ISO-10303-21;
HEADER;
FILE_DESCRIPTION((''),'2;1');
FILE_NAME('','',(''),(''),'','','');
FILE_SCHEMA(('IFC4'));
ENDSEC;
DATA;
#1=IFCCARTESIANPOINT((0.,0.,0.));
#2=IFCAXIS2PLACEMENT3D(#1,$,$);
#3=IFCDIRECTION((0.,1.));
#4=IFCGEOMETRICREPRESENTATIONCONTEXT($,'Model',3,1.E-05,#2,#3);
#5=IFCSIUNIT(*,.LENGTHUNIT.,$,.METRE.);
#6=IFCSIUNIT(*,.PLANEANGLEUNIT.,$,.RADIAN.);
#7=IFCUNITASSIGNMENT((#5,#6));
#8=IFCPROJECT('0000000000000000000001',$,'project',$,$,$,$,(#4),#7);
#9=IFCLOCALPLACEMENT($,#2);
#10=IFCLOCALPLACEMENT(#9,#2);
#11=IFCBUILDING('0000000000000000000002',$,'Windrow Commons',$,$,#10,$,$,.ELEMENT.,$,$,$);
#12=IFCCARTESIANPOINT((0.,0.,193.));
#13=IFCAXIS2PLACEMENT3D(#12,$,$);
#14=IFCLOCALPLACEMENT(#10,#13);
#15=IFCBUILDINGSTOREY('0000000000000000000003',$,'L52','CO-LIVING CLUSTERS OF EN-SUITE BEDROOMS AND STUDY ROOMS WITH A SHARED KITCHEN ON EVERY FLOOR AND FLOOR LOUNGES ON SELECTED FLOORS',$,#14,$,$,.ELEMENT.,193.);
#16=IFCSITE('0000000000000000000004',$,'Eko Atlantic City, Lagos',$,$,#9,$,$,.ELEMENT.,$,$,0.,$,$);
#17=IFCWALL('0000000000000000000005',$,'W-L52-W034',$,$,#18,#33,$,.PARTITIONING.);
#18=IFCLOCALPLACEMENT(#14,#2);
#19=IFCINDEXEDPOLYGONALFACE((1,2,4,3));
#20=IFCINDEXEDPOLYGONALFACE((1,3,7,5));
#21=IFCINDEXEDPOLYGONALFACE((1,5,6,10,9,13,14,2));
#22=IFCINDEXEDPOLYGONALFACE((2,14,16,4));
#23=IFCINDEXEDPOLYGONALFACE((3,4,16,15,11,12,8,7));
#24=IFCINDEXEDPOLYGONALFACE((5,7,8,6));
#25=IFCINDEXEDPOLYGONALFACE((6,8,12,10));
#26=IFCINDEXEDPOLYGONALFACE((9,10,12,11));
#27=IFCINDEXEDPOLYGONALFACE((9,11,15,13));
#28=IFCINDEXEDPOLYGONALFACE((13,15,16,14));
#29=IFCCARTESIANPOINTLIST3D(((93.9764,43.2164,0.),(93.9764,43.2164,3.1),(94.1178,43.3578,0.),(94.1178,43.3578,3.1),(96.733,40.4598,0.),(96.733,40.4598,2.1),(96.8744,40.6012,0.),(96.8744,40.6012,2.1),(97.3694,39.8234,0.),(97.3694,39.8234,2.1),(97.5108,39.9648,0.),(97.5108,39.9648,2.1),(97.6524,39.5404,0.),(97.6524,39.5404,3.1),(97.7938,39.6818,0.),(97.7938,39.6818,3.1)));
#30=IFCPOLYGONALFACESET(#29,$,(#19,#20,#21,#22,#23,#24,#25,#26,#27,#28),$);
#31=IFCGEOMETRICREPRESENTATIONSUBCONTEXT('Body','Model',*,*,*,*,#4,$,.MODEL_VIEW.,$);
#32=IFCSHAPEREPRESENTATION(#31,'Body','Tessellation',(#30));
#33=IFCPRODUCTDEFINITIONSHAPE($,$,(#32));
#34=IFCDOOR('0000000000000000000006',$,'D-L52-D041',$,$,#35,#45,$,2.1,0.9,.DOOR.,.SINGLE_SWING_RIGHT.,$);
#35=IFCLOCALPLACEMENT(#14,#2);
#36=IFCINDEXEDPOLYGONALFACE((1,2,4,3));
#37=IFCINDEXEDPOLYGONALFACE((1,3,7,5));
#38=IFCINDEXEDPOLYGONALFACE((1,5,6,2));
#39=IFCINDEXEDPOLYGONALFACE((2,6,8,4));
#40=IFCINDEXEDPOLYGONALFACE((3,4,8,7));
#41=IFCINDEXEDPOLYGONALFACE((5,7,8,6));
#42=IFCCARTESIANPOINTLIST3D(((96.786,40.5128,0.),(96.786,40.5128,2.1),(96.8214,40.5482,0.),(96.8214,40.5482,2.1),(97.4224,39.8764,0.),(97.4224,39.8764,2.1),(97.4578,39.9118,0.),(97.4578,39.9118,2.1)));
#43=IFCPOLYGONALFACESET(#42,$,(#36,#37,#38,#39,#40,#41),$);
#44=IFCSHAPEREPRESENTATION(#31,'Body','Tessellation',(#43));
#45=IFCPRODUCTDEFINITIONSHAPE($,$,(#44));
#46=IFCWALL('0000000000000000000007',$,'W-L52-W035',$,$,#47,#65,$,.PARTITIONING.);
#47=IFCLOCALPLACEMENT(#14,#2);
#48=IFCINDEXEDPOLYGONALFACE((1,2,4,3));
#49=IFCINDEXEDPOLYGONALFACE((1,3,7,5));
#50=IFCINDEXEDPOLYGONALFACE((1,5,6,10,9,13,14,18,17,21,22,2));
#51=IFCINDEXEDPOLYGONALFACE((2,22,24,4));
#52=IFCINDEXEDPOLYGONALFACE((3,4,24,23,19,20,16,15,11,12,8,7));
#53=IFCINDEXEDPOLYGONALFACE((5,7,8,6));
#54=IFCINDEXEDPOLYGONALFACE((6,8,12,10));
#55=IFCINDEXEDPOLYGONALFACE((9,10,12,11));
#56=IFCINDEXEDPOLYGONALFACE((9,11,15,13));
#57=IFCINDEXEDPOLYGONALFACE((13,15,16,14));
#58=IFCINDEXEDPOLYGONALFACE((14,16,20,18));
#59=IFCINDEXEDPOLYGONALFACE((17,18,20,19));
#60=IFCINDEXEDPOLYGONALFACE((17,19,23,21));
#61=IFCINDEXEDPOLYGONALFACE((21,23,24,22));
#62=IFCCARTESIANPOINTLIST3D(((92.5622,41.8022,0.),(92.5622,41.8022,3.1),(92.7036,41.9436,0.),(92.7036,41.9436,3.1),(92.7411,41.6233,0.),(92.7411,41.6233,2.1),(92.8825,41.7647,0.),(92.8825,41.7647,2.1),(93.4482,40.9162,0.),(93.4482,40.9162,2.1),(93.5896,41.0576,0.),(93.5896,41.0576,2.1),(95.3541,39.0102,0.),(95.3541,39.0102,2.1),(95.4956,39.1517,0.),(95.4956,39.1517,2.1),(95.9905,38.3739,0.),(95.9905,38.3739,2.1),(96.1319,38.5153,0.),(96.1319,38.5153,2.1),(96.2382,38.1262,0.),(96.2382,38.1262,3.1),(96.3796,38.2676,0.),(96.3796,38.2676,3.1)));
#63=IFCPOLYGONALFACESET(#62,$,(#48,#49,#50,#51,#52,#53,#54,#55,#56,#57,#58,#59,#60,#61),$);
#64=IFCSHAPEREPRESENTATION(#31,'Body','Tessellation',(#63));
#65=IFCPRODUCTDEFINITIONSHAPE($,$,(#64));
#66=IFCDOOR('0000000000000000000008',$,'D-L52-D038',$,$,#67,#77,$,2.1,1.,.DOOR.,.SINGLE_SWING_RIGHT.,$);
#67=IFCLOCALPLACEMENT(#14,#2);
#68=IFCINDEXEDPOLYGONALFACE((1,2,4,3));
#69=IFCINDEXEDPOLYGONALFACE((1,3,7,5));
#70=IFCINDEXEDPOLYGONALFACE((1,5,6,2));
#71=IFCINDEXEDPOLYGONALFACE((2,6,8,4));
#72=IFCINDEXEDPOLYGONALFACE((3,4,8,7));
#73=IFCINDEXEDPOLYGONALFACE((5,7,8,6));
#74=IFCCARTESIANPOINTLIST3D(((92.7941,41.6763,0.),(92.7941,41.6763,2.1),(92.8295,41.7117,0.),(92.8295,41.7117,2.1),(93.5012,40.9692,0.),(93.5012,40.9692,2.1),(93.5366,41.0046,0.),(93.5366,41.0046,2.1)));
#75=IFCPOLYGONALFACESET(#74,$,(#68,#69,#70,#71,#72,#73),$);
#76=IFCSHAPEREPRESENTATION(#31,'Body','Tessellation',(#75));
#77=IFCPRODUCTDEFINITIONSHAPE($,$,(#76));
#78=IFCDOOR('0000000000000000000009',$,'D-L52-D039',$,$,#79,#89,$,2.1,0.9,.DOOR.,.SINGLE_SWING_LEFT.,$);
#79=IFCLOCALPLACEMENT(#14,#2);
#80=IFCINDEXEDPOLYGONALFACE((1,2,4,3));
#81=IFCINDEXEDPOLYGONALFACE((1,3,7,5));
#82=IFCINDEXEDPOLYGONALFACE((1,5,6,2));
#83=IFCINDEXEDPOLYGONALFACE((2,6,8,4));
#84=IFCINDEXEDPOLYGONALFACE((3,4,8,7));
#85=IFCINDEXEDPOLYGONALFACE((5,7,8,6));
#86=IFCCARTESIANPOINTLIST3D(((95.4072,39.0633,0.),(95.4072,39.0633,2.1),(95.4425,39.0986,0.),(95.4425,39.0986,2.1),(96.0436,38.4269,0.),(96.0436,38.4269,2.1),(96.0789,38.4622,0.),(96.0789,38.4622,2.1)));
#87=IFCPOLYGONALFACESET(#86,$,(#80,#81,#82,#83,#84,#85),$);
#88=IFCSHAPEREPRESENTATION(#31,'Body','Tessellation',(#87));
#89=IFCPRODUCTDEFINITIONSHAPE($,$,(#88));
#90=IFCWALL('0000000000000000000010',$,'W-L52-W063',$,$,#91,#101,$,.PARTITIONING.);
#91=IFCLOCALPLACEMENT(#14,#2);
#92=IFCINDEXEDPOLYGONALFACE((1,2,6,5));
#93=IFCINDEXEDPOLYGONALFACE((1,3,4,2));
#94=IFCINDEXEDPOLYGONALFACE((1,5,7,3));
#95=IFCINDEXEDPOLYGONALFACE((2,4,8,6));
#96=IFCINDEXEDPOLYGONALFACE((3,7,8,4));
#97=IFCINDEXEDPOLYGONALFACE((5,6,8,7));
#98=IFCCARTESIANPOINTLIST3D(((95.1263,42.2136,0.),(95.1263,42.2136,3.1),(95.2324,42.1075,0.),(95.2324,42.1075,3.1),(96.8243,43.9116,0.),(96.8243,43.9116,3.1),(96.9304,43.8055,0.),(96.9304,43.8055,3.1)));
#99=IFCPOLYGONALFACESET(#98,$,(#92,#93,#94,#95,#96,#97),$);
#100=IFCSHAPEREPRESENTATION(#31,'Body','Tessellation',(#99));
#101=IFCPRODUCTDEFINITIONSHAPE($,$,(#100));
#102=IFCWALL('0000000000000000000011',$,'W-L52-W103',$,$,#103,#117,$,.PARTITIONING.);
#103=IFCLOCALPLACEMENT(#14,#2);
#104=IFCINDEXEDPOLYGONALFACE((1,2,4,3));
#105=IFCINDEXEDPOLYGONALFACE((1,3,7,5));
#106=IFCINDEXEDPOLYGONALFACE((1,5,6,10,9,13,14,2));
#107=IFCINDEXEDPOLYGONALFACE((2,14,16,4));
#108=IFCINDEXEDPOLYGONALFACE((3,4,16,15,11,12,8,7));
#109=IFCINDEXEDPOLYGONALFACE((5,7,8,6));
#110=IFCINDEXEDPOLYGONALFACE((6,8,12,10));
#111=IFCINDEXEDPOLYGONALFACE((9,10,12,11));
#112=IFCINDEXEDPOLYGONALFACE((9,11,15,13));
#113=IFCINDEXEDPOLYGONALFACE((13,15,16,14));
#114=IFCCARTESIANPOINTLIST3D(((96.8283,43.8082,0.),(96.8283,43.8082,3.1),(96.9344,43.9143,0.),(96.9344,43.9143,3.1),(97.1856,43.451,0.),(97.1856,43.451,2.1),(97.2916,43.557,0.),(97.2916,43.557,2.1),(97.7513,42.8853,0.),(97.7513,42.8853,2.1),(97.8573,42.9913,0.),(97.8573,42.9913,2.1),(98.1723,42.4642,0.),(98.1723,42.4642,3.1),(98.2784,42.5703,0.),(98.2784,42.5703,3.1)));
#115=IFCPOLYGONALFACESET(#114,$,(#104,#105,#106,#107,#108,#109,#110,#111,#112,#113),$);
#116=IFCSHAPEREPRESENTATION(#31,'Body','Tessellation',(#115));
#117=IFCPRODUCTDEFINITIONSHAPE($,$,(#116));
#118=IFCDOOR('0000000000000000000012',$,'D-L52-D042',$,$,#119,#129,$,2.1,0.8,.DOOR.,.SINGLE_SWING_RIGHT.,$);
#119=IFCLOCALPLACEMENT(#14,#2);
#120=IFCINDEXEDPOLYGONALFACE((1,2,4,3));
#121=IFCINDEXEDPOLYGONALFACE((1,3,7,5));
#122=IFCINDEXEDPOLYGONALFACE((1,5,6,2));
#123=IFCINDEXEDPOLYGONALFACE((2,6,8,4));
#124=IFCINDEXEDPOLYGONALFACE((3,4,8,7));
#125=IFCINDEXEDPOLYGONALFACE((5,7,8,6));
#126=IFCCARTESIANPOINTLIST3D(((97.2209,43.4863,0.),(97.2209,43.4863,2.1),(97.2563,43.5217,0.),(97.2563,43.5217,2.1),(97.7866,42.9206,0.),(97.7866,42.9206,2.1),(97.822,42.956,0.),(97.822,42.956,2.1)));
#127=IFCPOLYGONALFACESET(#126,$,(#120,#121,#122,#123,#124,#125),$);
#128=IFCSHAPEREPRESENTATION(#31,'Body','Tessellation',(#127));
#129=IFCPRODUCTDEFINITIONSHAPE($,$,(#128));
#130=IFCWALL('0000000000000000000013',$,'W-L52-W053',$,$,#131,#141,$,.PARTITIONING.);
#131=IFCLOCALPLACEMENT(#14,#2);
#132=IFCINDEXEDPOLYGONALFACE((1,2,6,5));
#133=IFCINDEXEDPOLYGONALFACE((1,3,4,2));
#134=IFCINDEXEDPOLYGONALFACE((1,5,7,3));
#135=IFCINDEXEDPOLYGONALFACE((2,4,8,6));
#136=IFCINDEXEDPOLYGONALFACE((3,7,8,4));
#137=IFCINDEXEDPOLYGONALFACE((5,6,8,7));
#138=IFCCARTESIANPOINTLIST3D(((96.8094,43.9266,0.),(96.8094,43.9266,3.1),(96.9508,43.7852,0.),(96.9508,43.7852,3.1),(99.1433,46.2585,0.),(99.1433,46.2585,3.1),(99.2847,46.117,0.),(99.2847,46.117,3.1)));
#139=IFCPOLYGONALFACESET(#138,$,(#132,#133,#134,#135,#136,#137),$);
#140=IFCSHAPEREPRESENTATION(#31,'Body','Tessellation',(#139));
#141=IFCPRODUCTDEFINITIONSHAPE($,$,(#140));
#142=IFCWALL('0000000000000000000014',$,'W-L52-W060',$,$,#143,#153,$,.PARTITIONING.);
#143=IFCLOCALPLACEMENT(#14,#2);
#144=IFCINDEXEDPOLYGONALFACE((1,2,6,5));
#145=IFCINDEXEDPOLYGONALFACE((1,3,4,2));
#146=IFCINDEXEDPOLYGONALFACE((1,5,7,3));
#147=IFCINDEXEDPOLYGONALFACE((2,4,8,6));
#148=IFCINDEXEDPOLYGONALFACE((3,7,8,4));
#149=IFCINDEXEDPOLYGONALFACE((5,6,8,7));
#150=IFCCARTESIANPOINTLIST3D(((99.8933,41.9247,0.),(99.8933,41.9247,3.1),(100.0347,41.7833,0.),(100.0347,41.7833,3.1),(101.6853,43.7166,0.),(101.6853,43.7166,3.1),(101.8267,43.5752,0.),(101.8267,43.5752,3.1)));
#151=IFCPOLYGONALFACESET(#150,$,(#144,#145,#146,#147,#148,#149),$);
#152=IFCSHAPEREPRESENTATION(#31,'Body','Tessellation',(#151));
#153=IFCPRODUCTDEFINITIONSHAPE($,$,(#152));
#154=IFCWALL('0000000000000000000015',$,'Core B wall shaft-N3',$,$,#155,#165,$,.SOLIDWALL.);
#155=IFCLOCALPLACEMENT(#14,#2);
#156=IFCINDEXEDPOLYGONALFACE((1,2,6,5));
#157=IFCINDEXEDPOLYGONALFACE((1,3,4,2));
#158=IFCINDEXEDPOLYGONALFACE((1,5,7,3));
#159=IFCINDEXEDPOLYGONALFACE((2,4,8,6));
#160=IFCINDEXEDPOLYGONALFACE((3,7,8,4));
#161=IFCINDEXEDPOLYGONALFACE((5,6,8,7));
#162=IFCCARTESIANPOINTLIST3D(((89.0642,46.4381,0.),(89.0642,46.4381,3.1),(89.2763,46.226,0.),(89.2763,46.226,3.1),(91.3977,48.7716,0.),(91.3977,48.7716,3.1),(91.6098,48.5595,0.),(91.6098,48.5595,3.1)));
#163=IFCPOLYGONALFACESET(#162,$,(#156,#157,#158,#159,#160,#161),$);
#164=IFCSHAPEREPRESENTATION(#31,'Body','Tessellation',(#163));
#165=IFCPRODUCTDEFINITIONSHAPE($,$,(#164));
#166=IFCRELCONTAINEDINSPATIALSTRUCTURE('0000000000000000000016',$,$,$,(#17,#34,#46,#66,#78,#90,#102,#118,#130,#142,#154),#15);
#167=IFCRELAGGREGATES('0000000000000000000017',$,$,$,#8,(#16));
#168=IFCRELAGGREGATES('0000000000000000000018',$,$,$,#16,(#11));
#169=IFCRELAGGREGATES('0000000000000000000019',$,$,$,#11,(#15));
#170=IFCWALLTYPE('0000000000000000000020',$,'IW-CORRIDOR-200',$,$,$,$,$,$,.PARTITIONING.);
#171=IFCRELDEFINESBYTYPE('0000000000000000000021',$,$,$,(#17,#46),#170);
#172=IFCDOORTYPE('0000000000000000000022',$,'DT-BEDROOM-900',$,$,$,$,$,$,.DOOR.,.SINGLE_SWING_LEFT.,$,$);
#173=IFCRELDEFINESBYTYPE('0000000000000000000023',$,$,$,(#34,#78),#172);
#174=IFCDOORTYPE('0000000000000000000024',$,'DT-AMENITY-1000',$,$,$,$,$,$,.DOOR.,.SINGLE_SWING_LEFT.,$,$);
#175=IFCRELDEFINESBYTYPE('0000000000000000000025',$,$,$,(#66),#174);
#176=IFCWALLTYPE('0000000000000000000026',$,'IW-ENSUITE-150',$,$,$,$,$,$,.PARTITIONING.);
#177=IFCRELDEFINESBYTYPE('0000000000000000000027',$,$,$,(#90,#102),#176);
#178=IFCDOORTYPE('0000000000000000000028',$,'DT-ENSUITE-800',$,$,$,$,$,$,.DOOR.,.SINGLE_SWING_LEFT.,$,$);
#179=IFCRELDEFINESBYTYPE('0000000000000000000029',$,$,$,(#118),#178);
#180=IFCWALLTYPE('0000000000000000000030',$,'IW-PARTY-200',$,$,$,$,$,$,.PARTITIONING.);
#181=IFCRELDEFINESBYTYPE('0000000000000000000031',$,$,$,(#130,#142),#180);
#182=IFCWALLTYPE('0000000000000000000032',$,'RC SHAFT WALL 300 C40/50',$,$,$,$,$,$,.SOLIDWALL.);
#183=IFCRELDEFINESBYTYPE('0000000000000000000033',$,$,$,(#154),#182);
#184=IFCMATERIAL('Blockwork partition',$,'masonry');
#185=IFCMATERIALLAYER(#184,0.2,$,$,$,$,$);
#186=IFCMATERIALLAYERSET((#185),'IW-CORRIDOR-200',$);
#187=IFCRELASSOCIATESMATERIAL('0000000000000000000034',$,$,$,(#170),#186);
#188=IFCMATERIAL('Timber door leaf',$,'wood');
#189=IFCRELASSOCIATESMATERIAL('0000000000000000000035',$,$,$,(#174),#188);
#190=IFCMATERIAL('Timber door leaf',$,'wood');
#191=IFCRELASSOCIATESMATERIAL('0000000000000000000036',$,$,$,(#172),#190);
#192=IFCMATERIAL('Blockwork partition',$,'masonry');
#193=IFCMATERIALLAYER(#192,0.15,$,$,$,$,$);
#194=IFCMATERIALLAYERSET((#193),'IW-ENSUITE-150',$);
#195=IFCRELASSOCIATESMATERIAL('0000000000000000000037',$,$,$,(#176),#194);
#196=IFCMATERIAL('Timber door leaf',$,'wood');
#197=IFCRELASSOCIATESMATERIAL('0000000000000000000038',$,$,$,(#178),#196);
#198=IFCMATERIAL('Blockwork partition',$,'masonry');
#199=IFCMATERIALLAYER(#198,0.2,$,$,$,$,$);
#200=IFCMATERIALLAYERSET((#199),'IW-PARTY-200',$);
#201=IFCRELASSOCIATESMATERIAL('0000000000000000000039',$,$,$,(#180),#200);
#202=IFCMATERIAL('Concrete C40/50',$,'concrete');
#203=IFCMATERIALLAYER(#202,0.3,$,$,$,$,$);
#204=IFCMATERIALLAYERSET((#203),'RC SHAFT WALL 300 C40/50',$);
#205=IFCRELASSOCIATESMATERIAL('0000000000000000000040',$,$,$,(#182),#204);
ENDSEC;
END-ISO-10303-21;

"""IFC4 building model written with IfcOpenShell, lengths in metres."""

from ifc_helpers import new_model, si_unit, direction, frame, frame_2d, origin, place, context, subcontext, project, spatial, rectangle, extrude, material, layer, layer_set, type_object, element, fill, save


model = new_model("IFC4")

# Units and contexts
model_context = context("Model", 3, precision=1e-05, world=origin(), true_north=direction((0.0, 1.0)))
body_context = subcontext(model_context, "Body", "Model", "MODEL_VIEW")
ifc_project = project(units=[si_unit("LENGTHUNIT", "METRE"), si_unit("PLANEANGLEUNIT", "RADIAN")], contexts=[model_context])

# Site, building, storey
site_placement = place(None, origin())
site = spatial("IfcSite", under=ifc_project, at=site_placement, Name="Eko Atlantic City, Lagos", CompositionType="ELEMENT", RefElevation=0.0)
building_placement = place(site_placement, origin())
building = spatial("IfcBuilding", under=site, at=building_placement, Name="Windrow Commons", CompositionType="ELEMENT")
storey_placement = place(building_placement, frame((0.0, 0.0, 193.0)))
storey = spatial("IfcBuildingStorey", under=building, at=storey_placement, Name="L52", Description="CO-LIVING CLUSTERS OF EN-SUITE BEDROOMS AND STUDY ROOMS WITH A SHARED KITCHEN ON EVERY FLOOR AND FLOOR LOUNGES ON SELECTED FLOORS", CompositionType="ELEMENT", Elevation=193.0)

# Wall, opening, door
ifc_material_1 = material(Name="Blockwork partition", Category="masonry")
ifc_layer_1 = layer(ifc_material_1, 0.2)
ifc_layer_set_1 = layer_set([ifc_layer_1], Name="IW-CORRIDOR-200")
wall_type_1 = type_object("IfcWallType", Name="IW-CORRIDOR-200", PredefinedType="PARTITIONING", material=ifc_layer_set_1)
ifc_material_2 = material(Name="Timber door leaf", Category="wood")
door_type_1 = type_object("IfcDoorType", Name="DT-AMENITY-1000", OperationType="SINGLE_SWING_LEFT", PredefinedType="DOOR", material=ifc_material_2)
wall_1_placement = place(storey_placement, frame((94.0471, 43.2871, 0.0), z_axis=(0.0, 0.0, 1.0), x_axis=(0.707107, -0.707107, 0.0)))
wall_1 = element("IfcWall", 1, at=wall_1_placement, inside=storey, type_object=wall_type_1, Name="W-L52-W034", PredefinedType="PARTITIONING", context=body_context, shape_type="SweptSolid", body=[
    extrude(rectangle(XDim=5.1986, YDim=0.2, at=frame_2d((2.5993, 0.0))), origin(), (0.0, 0.0, 1.0), 3.1),
])
opening_1_placement = place(wall_1_placement, frame((3.8984, 0.0, 0.0)))
opening_1 = element("IfcOpeningElement", 2, at=opening_1_placement, cuts=wall_1, PredefinedType="OPENING", context=body_context, shape_type="SweptSolid", body=[
    extrude(rectangle(XDim=0.9, YDim=2.1, at=frame_2d((0.45, 1.05))), frame((0.0, 0.11, 0.0), z_axis=(0.0, -1.0, 0.0), x_axis=(1.0, 0.0, 0.0)), (0.0, 0.0, 1.0), 0.22),
])
ifc_material_3 = material(Name="Timber door leaf", Category="wood")
door_type_2 = type_object("IfcDoorType", Name="DT-BEDROOM-900", OperationType="SINGLE_SWING_LEFT", PredefinedType="DOOR", material=ifc_material_3)
door_1_placement = place(opening_1_placement, origin())
door_1 = element("IfcDoor", 3, at=door_1_placement, inside=storey, type_object=door_type_2, Name="D-L52-D041", OperationType="SINGLE_SWING_RIGHT", OverallHeight=2.1, OverallWidth=0.9, PredefinedType="DOOR", context=body_context, shape_type="SweptSolid", body=[
    extrude(rectangle(XDim=0.9, YDim=2.1, at=frame_2d((0.45, 1.05))), frame((0.0, 0.025, 0.0), z_axis=(0.0, -1.0, 0.0), x_axis=(1.0, 0.0, 0.0)), (0.0, 0.0, 1.0), 0.05),
])
fill(opening_1, door_1)

# Wall, openings, doors
wall_2_placement = place(storey_placement, frame((92.6329, 41.8729, 0.0), z_axis=(0.0, 0.0, 1.0), x_axis=(0.707107, -0.707107, 0.0)))
wall_2 = element("IfcWall", 4, at=wall_2_placement, inside=storey, type_object=wall_type_1, Name="W-L52-W035", PredefinedType="PARTITIONING", context=body_context, shape_type="SweptSolid", body=[
    extrude(rectangle(XDim=5.1986, YDim=0.2, at=frame_2d((2.5993, 0.0))), origin(), (0.0, 0.0, 1.0), 3.1),
])
opening_2_placement = place(wall_2_placement, frame((0.253, 0.0, 0.0)))
opening_2 = element("IfcOpeningElement", 5, at=opening_2_placement, cuts=wall_2, PredefinedType="OPENING", context=body_context, shape_type="SweptSolid", body=[
    extrude(rectangle(XDim=1.0, YDim=2.1, at=frame_2d((0.5, 1.05))), frame((0.0, 0.11, 0.0), z_axis=(0.0, -1.0, 0.0), x_axis=(1.0, 0.0, 0.0)), (0.0, 0.0, 1.0), 0.22),
])
opening_3_placement = place(wall_2_placement, frame((3.9484, 0.0, 0.0)))
opening_3 = element("IfcOpeningElement", 6, at=opening_3_placement, cuts=wall_2, PredefinedType="OPENING", context=body_context, shape_type="SweptSolid", body=[
    extrude(rectangle(XDim=0.9, YDim=2.1, at=frame_2d((0.45, 1.05))), frame((0.0, 0.11, 0.0), z_axis=(0.0, -1.0, 0.0), x_axis=(1.0, 0.0, 0.0)), (0.0, 0.0, 1.0), 0.22),
])
door_2_placement = place(opening_2_placement, origin())
door_2 = element("IfcDoor", 7, at=door_2_placement, inside=storey, type_object=door_type_1, Name="D-L52-D038", OperationType="SINGLE_SWING_RIGHT", OverallHeight=2.1, OverallWidth=1.0, PredefinedType="DOOR", context=body_context, shape_type="SweptSolid", body=[
    extrude(rectangle(XDim=1.0, YDim=2.1, at=frame_2d((0.5, 1.05))), frame((0.0, 0.025, 0.0), z_axis=(0.0, -1.0, 0.0), x_axis=(1.0, 0.0, 0.0)), (0.0, 0.0, 1.0), 0.05),
])
fill(opening_2, door_2)
door_3_placement = place(opening_3_placement, origin())
door_3 = element("IfcDoor", 8, at=door_3_placement, inside=storey, type_object=door_type_2, Name="D-L52-D039", OperationType="SINGLE_SWING_LEFT", OverallHeight=2.1, OverallWidth=0.9, PredefinedType="DOOR", context=body_context, shape_type="SweptSolid", body=[
    extrude(rectangle(XDim=0.9, YDim=2.1, at=frame_2d((0.45, 1.05))), frame((0.0, 0.025, 0.0), z_axis=(0.0, -1.0, 0.0), x_axis=(1.0, 0.0, 0.0)), (0.0, 0.0, 1.0), 0.05),
])
fill(opening_3, door_3)

# Wall
ifc_material_4 = material(Name="Blockwork partition", Category="masonry")
ifc_layer_2 = layer(ifc_material_4, 0.15)
ifc_layer_set_2 = layer_set([ifc_layer_2], Name="IW-ENSUITE-150")
wall_type_2 = type_object("IfcWallType", Name="IW-ENSUITE-150", PredefinedType="PARTITIONING", material=ifc_layer_set_2)
wall_3_placement = place(storey_placement, frame((95.1794, 42.1606, 0.0), z_axis=(0.0, 0.0, 1.0), x_axis=(0.707107, 0.707107, 0.0)))
element("IfcWall", 9, at=wall_3_placement, inside=storey, type_object=wall_type_2, Name="W-L52-W063", PredefinedType="PARTITIONING", context=body_context, shape_type="SweptSolid", body=[
    extrude(rectangle(XDim=2.4013, YDim=0.15, at=frame_2d((1.2006, 0.0))), origin(), (0.0, 0.0, 1.0), 3.1),
])

# Wall, opening, door
wall_4_placement = place(storey_placement, frame((96.8813, 43.8613, 0.0), z_axis=(0.0, 0.0, 1.0), x_axis=(0.707107, -0.707107, 0.0)))
wall_4 = element("IfcWall", 10, at=wall_4_placement, inside=storey, type_object=wall_type_2, Name="W-L52-W103", PredefinedType="PARTITIONING", context=body_context, shape_type="SweptSolid", body=[
    extrude(rectangle(XDim=1.9007, YDim=0.15, at=frame_2d((0.9504, 0.0))), origin(), (0.0, 0.0, 1.0), 3.1),
])
opening_4_placement = place(wall_4_placement, frame((0.5053, 0.0, 0.0)))
opening_4 = element("IfcOpeningElement", 11, at=opening_4_placement, cuts=wall_4, PredefinedType="OPENING", context=body_context, shape_type="SweptSolid", body=[
    extrude(rectangle(XDim=0.8, YDim=2.1, at=frame_2d((0.4, 1.05))), frame((0.0, 0.085, 0.0), z_axis=(0.0, -1.0, 0.0), x_axis=(1.0, 0.0, 0.0)), (0.0, 0.0, 1.0), 0.17),
])
ifc_material_5 = material(Name="Timber door leaf", Category="wood")
door_type_3 = type_object("IfcDoorType", Name="DT-ENSUITE-800", OperationType="SINGLE_SWING_LEFT", PredefinedType="DOOR", material=ifc_material_5)
door_4_placement = place(opening_4_placement, origin())
door_4 = element("IfcDoor", 12, at=door_4_placement, inside=storey, type_object=door_type_3, Name="D-L52-D042", OperationType="SINGLE_SWING_RIGHT", OverallHeight=2.1, OverallWidth=0.8, PredefinedType="DOOR", context=body_context, shape_type="SweptSolid", body=[
    extrude(rectangle(XDim=0.8, YDim=2.1, at=frame_2d((0.4, 1.05))), frame((0.0, 0.025, 0.0), z_axis=(0.0, -1.0, 0.0), x_axis=(1.0, 0.0, 0.0)), (0.0, 0.0, 1.0), 0.05),
])
fill(opening_4, door_4)

# Walls
ifc_material_6 = material(Name="Blockwork partition", Category="masonry")
ifc_layer_3 = layer(ifc_material_6, 0.2)
ifc_layer_set_3 = layer_set([ifc_layer_3], Name="IW-PARTY-200")
wall_type_3 = type_object("IfcWallType", Name="IW-PARTY-200", PredefinedType="PARTITIONING", material=ifc_layer_set_3)
wall_5_placement = place(storey_placement, frame((96.8801, 43.8559, 0.0), z_axis=(0.0, 0.0, 1.0), x_axis=(0.70741, 0.706804, 0.0)))
element("IfcWall", 13, at=wall_5_placement, inside=storey, type_object=wall_type_3, Name="W-L52-W053", PredefinedType="PARTITIONING", context=body_context, shape_type="SweptSolid", body=[
    extrude(rectangle(XDim=3.2992, YDim=0.2, at=frame_2d((1.6496, 0.0))), origin(), (0.0, 0.0, 1.0), 3.1),
])
wall_6_placement = place(storey_placement, frame((99.964, 41.854, 0.0), z_axis=(0.0, 0.0, 1.0), x_axis=(0.707127, 0.707087, 0.0)))
element("IfcWall", 14, at=wall_6_placement, inside=storey, type_object=wall_type_3, Name="W-L52-W060", PredefinedType="PARTITIONING", context=body_context, shape_type="SweptSolid", body=[
    extrude(rectangle(XDim=2.5341, YDim=0.2, at=frame_2d((1.2671, 0.0))), origin(), (0.0, 0.0, 1.0), 3.1),
])
ifc_material_7 = material(Name="Concrete C40/50", Category="concrete")
ifc_layer_4 = layer(ifc_material_7, 0.3)
ifc_layer_set_4 = layer_set([ifc_layer_4], Name="RC SHAFT WALL 300 C40/50")
wall_type_4 = type_object("IfcWallType", Name="RC SHAFT WALL 300 C40/50", PredefinedType="SOLIDWALL", material=ifc_layer_set_4)
wall_7_placement = place(storey_placement, frame((89.1702, 46.332, 0.0), z_axis=(0.0, 0.0, 1.0), x_axis=(0.707107, 0.707107, 0.0)))
element("IfcWall", 15, at=wall_7_placement, inside=storey, type_object=wall_type_4, Name="Core B wall shaft-N3", PredefinedType="SOLIDWALL", context=body_context, shape_type="SweptSolid", body=[
    extrude(rectangle(XDim=3.3001, YDim=0.3, at=frame_2d((1.6501, 0.0))), origin(), (0.0, 0.0, 1.0), 3.1),
])

save(model, "model.ifc")
